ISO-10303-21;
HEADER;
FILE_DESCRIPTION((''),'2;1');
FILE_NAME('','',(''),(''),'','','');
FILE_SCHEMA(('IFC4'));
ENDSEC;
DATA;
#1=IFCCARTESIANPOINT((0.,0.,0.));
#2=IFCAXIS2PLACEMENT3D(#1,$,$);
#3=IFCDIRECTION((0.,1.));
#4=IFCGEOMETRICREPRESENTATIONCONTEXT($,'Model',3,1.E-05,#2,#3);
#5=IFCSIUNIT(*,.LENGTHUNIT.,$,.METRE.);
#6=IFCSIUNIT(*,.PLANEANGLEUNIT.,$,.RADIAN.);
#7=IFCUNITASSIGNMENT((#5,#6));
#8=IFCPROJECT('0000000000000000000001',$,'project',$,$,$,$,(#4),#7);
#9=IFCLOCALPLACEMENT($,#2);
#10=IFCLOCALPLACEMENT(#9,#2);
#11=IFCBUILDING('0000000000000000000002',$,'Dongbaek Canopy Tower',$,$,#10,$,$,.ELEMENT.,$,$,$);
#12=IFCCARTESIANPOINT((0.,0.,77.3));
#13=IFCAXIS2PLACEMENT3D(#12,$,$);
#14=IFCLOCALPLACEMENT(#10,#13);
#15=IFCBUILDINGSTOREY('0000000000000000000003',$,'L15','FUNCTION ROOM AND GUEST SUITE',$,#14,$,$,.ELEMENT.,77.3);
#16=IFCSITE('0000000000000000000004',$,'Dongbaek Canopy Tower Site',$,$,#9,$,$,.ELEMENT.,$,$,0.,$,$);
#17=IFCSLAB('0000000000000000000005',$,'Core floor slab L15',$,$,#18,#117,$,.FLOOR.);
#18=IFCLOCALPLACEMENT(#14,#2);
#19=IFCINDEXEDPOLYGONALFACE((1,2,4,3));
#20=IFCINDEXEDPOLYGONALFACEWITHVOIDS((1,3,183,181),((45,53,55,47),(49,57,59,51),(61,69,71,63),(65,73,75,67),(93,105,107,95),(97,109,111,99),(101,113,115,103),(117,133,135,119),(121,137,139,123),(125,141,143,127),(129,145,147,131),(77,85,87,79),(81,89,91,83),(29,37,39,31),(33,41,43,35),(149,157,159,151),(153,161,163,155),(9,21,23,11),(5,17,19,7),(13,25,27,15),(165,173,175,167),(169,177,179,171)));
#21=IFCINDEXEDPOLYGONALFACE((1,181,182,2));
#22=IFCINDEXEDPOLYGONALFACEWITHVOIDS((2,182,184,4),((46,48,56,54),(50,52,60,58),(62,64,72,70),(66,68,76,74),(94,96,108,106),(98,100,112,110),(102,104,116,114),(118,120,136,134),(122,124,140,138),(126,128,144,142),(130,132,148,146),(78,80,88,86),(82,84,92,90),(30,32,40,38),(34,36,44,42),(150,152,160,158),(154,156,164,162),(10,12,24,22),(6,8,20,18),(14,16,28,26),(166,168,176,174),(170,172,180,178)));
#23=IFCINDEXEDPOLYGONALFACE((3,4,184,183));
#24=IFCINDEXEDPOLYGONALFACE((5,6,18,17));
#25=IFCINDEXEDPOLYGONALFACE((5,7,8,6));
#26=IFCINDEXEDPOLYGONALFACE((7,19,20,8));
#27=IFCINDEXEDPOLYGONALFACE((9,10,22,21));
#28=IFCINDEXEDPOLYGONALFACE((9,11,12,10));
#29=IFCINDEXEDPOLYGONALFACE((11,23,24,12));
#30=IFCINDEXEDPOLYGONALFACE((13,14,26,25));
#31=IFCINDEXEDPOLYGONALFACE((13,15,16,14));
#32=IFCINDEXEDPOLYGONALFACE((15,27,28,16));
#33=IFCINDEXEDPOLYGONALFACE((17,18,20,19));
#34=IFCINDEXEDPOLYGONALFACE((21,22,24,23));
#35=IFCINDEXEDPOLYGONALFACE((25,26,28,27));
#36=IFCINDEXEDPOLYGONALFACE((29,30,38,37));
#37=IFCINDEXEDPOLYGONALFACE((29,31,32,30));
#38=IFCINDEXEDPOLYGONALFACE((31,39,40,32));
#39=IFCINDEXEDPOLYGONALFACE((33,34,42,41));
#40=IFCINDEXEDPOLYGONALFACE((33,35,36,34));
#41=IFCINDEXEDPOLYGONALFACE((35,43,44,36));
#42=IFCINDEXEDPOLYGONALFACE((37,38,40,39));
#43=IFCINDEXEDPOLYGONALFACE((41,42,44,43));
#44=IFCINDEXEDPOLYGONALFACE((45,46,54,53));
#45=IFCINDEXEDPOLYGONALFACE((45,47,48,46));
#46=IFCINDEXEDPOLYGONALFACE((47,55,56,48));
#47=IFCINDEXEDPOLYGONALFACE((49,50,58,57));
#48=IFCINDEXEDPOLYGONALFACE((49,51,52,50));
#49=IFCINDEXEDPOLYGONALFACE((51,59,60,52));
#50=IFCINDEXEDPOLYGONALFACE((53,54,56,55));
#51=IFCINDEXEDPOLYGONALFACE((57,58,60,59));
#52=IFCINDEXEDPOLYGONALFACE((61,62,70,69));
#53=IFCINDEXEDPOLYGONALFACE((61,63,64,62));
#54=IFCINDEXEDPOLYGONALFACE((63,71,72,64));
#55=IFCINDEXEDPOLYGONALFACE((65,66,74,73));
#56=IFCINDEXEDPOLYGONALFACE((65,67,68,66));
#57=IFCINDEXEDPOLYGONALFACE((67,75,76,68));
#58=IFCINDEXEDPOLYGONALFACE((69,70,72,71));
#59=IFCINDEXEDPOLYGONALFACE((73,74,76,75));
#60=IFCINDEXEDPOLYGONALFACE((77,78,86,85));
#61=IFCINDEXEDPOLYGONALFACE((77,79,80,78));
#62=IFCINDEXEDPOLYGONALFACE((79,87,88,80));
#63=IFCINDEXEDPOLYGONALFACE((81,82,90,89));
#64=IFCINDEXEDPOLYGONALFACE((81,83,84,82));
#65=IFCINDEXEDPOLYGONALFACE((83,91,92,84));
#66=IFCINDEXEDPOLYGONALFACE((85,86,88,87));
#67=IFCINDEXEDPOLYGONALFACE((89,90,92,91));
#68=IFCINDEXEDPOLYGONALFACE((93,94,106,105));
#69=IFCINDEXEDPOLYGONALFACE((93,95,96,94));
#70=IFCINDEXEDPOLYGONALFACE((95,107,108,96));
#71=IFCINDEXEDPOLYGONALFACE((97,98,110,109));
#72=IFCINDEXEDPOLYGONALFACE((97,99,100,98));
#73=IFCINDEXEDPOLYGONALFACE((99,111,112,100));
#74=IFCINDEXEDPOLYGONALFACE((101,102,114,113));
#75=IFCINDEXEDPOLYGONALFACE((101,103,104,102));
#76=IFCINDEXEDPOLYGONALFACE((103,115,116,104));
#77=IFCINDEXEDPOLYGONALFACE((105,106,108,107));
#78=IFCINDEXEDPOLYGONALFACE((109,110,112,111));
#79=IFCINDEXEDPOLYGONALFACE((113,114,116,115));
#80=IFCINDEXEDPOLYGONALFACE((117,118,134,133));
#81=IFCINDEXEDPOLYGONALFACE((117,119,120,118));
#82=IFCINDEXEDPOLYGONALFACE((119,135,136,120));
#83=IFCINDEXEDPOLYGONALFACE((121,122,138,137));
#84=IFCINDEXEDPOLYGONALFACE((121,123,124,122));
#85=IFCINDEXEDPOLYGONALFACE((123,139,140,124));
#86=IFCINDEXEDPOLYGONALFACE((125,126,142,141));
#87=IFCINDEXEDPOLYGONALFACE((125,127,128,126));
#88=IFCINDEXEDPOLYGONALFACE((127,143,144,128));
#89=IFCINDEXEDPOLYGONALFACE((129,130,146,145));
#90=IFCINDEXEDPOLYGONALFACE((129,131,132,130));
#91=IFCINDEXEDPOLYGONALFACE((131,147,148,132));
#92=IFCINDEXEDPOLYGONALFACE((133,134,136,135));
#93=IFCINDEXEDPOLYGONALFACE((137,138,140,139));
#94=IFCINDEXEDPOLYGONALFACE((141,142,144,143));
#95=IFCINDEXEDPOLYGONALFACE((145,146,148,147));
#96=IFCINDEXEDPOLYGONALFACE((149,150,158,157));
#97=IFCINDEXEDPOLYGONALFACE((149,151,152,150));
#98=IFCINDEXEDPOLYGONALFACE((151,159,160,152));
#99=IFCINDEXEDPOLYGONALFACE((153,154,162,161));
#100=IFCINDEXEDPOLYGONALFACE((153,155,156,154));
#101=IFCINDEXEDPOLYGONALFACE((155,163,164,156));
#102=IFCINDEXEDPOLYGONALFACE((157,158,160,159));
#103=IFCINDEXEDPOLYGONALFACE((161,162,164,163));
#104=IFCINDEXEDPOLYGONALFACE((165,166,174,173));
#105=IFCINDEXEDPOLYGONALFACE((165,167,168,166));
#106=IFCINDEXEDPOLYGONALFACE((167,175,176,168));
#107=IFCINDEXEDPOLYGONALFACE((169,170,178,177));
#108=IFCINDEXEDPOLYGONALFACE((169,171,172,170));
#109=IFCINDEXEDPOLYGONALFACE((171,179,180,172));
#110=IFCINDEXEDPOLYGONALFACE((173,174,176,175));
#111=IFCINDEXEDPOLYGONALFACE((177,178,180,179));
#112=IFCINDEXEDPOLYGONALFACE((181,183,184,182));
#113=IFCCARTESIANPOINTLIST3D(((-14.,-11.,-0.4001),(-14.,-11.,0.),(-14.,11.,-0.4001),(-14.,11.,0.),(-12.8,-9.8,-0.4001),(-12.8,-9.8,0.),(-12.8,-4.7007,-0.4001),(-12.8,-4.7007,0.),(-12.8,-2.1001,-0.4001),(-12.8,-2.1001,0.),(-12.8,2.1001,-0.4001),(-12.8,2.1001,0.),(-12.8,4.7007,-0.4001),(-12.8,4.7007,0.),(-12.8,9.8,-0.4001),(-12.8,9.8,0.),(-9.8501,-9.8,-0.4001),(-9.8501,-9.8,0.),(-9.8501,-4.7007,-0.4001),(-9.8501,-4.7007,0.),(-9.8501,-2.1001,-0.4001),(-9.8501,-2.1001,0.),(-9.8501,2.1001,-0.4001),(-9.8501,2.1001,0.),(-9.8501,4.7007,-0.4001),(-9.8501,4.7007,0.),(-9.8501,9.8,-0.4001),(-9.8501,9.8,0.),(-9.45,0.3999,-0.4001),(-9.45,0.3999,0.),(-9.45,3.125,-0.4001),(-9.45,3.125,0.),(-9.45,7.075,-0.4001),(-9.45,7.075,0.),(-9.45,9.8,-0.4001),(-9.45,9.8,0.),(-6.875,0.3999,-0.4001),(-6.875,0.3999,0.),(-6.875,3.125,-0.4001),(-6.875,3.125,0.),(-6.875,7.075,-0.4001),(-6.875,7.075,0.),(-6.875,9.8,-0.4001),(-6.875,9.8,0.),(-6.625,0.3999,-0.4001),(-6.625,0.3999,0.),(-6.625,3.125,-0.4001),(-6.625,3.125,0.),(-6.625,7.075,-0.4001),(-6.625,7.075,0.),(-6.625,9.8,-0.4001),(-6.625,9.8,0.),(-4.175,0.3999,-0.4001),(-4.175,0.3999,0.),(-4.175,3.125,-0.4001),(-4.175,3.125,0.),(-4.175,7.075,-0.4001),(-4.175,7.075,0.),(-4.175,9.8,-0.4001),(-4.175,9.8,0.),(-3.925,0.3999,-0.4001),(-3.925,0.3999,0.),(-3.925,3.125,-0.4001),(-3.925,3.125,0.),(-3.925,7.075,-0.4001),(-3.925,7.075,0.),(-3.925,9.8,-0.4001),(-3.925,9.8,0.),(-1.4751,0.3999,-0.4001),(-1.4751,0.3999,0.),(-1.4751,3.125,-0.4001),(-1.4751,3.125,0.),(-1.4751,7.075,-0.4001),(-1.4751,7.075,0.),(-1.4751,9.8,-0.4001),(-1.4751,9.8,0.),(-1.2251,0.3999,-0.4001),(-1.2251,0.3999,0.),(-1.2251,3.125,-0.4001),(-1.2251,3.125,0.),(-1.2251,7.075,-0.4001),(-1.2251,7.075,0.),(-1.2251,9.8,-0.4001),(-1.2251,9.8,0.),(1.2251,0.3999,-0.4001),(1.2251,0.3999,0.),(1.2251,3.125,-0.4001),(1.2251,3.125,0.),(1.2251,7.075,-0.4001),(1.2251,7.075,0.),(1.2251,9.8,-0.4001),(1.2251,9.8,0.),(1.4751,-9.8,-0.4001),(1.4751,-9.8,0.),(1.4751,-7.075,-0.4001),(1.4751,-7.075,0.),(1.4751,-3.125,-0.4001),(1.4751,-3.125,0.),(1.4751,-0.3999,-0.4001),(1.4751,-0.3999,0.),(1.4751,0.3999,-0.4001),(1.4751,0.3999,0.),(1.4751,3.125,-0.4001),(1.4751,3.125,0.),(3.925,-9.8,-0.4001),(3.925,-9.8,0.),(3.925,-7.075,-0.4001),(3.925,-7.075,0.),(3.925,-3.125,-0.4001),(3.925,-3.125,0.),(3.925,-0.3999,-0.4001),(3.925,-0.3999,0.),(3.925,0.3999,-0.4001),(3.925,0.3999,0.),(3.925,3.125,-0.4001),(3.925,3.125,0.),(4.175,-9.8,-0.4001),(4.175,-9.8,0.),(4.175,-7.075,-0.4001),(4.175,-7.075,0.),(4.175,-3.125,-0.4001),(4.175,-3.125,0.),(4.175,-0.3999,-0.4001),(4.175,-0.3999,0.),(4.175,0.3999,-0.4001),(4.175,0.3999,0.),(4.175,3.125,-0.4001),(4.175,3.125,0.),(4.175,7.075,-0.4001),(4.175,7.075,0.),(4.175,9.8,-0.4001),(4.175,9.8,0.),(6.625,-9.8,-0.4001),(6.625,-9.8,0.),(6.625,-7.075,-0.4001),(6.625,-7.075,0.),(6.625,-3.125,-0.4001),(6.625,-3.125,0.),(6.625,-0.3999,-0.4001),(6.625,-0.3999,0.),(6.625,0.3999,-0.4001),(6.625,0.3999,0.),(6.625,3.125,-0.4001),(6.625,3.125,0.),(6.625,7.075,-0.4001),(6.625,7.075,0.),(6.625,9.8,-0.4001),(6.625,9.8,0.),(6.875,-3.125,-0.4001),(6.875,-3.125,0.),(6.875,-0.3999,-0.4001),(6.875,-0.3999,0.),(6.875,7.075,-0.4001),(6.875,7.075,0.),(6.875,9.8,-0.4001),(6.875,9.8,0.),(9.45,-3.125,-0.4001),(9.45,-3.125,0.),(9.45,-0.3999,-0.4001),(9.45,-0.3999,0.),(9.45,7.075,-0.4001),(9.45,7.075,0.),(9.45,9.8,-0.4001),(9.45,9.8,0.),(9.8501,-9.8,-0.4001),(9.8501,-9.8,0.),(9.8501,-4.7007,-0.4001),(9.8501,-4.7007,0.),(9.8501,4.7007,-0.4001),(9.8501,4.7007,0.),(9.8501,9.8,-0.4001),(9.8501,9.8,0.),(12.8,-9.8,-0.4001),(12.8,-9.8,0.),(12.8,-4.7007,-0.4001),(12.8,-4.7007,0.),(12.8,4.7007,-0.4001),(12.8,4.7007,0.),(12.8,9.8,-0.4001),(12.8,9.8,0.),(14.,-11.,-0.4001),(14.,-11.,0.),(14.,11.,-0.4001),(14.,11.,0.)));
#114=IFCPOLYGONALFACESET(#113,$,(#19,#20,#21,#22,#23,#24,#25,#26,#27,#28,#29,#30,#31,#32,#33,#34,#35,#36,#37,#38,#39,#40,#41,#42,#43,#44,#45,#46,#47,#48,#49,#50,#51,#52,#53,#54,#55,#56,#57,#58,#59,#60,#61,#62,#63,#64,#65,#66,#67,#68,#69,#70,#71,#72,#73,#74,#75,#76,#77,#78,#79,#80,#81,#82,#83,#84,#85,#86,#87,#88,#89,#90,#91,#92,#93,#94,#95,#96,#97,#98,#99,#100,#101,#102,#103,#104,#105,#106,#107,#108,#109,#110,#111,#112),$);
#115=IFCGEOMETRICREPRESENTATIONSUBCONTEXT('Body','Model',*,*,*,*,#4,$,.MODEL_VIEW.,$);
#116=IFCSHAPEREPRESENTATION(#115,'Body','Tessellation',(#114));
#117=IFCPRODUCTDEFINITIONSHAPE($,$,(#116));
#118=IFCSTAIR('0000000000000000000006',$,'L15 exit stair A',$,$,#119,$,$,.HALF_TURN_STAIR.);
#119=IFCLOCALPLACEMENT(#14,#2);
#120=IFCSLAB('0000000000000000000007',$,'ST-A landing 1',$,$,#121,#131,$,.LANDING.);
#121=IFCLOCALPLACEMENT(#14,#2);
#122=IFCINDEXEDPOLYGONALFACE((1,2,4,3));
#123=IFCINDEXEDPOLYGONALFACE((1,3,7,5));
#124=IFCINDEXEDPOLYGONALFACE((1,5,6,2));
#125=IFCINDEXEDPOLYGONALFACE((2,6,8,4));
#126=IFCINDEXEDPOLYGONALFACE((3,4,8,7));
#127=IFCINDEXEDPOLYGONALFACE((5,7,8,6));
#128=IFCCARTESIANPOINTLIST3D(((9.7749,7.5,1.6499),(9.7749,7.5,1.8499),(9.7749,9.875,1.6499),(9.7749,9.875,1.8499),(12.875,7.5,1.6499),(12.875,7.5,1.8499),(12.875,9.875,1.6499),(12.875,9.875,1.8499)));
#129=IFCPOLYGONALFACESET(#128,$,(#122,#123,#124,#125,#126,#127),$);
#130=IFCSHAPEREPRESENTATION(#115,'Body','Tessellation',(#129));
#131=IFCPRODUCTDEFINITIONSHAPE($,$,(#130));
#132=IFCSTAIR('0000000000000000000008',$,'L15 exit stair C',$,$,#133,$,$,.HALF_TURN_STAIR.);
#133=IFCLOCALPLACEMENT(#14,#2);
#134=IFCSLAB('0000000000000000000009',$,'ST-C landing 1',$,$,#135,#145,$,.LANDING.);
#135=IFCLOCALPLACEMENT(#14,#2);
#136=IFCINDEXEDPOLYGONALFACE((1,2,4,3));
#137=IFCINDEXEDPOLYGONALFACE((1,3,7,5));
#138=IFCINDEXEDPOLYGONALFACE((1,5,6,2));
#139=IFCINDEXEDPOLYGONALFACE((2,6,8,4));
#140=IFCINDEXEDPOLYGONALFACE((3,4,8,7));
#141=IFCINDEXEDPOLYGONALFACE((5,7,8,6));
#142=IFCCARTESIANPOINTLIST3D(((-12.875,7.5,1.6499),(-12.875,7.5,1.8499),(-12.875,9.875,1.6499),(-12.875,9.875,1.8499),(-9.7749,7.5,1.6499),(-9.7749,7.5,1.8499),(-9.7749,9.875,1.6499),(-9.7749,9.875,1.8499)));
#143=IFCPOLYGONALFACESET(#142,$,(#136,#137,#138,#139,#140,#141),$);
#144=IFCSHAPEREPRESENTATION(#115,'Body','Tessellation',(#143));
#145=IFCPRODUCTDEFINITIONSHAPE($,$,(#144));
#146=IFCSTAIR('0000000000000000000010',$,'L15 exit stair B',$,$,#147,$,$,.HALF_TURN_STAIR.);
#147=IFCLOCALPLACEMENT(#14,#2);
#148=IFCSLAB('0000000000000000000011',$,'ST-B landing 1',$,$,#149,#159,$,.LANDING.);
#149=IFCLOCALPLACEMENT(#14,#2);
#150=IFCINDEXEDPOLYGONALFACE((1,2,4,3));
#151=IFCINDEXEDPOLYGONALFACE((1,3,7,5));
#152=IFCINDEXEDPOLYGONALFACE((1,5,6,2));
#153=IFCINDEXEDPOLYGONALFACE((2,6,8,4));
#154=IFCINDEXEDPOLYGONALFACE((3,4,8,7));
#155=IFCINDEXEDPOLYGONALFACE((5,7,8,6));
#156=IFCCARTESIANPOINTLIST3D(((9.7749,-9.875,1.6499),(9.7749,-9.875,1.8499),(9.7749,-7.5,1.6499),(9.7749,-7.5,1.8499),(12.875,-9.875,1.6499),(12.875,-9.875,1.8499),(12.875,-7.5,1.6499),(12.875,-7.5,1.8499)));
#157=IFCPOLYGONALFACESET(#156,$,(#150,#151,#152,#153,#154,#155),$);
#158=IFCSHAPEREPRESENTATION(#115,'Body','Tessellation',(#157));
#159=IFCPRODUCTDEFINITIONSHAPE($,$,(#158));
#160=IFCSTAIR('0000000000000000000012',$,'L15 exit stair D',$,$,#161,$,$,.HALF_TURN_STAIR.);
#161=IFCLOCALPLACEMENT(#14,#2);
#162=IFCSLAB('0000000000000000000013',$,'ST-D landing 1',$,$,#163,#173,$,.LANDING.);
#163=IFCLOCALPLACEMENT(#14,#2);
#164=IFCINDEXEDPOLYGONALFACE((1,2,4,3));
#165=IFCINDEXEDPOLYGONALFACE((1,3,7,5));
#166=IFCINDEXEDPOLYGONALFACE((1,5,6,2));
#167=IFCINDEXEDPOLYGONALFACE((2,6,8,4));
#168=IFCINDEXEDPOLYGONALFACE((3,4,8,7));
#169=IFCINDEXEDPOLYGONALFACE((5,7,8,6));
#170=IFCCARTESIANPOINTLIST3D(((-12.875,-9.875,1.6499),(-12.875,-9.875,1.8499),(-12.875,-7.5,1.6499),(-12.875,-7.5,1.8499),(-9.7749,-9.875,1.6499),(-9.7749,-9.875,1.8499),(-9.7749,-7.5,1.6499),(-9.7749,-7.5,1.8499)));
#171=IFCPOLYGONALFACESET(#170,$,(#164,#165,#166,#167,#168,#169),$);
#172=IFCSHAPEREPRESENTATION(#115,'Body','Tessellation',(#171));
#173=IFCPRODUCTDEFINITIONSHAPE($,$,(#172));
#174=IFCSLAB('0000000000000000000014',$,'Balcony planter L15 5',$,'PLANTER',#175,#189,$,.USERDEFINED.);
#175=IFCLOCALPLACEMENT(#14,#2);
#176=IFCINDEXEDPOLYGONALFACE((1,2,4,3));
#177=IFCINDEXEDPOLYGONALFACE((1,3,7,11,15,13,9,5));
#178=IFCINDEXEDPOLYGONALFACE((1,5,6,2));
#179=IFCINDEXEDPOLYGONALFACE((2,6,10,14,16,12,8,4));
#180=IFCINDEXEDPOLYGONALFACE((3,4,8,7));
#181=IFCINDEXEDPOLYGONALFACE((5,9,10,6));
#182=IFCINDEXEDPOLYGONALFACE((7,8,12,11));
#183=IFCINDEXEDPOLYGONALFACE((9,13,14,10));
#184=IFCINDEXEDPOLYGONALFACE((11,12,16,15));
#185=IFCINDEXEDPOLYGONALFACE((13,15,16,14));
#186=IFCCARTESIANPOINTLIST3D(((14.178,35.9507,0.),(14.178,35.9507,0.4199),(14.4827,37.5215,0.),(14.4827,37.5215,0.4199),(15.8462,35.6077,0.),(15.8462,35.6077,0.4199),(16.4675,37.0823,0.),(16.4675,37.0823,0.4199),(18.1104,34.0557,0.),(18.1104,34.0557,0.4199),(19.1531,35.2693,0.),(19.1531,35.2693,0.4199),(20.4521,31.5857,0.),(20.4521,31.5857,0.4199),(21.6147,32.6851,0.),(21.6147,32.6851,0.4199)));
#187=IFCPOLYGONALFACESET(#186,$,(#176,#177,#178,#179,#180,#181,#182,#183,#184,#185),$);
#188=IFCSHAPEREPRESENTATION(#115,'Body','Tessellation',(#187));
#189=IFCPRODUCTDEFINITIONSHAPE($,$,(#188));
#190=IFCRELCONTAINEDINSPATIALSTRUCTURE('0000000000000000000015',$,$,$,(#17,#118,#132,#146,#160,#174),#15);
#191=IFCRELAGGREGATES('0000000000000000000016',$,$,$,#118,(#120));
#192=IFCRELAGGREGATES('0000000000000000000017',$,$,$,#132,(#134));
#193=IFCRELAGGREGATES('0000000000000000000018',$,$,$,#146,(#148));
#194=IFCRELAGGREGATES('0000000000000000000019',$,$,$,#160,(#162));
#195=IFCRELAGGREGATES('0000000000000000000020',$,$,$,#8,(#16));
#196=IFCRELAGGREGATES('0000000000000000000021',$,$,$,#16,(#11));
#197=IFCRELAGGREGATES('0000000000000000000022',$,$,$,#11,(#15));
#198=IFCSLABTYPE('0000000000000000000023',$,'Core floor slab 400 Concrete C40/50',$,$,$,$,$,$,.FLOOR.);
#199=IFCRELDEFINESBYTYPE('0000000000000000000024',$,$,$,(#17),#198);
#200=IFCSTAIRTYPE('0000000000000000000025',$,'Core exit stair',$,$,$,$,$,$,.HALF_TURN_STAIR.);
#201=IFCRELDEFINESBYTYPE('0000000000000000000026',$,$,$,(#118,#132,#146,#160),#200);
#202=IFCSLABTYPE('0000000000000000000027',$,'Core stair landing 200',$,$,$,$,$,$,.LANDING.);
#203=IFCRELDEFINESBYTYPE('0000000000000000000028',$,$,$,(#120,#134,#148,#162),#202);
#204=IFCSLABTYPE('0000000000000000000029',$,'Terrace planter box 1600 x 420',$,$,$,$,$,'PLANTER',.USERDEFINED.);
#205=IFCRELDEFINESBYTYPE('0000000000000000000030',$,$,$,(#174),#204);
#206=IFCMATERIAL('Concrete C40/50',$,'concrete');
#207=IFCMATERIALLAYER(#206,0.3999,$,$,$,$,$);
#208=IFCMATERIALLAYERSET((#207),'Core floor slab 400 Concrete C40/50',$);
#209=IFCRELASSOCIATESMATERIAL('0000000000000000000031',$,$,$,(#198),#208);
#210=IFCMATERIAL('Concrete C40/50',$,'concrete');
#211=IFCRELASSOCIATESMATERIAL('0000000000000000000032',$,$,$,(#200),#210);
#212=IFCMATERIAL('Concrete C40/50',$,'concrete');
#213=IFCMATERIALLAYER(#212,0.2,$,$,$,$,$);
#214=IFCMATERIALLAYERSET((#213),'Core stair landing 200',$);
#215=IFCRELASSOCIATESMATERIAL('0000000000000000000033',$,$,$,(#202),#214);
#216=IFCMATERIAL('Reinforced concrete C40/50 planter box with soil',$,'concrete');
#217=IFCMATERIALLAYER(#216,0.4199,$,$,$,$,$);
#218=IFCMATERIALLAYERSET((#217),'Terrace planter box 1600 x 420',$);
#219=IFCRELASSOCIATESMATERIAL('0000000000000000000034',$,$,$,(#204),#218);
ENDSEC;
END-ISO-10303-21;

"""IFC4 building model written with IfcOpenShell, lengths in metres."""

from ifc_helpers import new_model, si_unit, direction, frame, origin, place, context, subcontext, project, spatial, polyline, outline, extrude, material, layer, layer_set, type_object, element, aggregate, save


model = new_model("IFC4")

# Units and contexts
model_context = context("Model", 3, precision=1e-05, world=origin(), true_north=direction((0.0, 1.0)))
body_context = subcontext(model_context, "Body", "Model", "MODEL_VIEW")
ifc_project = project(units=[si_unit("LENGTHUNIT", "METRE"), si_unit("PLANEANGLEUNIT", "RADIAN")], contexts=[model_context])

# Site, building, storey
site_placement = place(None, origin())
site = spatial("IfcSite", under=ifc_project, at=site_placement, Name="Dongbaek Canopy Tower Site", CompositionType="ELEMENT", RefElevation=0.0)
building_placement = place(site_placement, origin())
building = spatial("IfcBuilding", under=site, at=building_placement, Name="Dongbaek Canopy Tower", CompositionType="ELEMENT")
storey_placement = place(building_placement, frame((0.0, 0.0, 77.3)))
storey = spatial("IfcBuildingStorey", under=building, at=storey_placement, Name="L15", Description="FUNCTION ROOM AND GUEST SUITE", CompositionType="ELEMENT", Elevation=77.3)

# Slab
ifc_material_1 = material(Name="Concrete C40/50", Category="concrete")
ifc_layer_1 = layer(ifc_material_1, 0.3999)
ifc_layer_set_1 = layer_set([ifc_layer_1], Name="Core floor slab 400 Concrete C40/50")
slab_type_1 = type_object("IfcSlabType", Name="Core floor slab 400 Concrete C40/50", PredefinedType="FLOOR", material=ifc_layer_set_1)
slab_1_placement = place(storey_placement, frame((0.0, 0.0, -0.4001)))
element("IfcSlab", 1, at=slab_1_placement, inside=storey, type_object=slab_type_1, Name="Core floor slab L15", PredefinedType="FLOOR", context=body_context, shape_type="SweptSolid", body=[
    extrude(outline(polyline([(14.0, -11.0), (14.0, 11.0), (-14.0, 11.0), (-14.0, -11.0), (14.0, -11.0)]), holes=[polyline([(-12.8, 2.1001), (-9.8501, 2.1001), (-9.8501, -2.1001), (-12.8, -2.1001), (-12.8, 2.1001)]), polyline([(-6.875, 9.8), (-6.875, 7.075), (-9.45, 7.075), (-9.45, 9.8), (-6.875, 9.8)]), polyline([(-4.175, 9.8), (-4.175, 7.075), (-6.625, 7.075), (-6.625, 9.8), (-4.175, 9.8)]), polyline([(-1.4751, 9.8), (-1.4751, 7.075), (-3.925, 7.075), (-3.925, 9.8), (-1.4751, 9.8)]), polyline([(1.2251, 9.8), (1.2251, 7.075), (-1.2251, 7.075), (-1.2251, 9.8), (1.2251, 9.8)]), polyline([(6.625, 9.8), (6.625, 7.075), (4.175, 7.075), (4.175, 9.8), (6.625, 9.8)]), polyline([(9.45, 7.075), (6.875, 7.075), (6.875, 9.8), (9.45, 9.8), (9.45, 7.075)]), polyline([(-9.45, 3.125), (-6.875, 3.125), (-6.875, 0.3999), (-9.45, 0.3999), (-9.45, 3.125)]), polyline([(-6.625, 3.125), (-4.175, 3.125), (-4.175, 0.3999), (-6.625, 0.3999), (-6.625, 3.125)]), polyline([(-3.925, 3.125), (-1.4751, 3.125), (-1.4751, 0.3999), (-3.925, 0.3999), (-3.925, 3.125)]), polyline([(-1.2251, 3.125), (1.2251, 3.125), (1.2251, 0.3999), (-1.2251, 0.3999), (-1.2251, 3.125)]), polyline([(1.4751, 0.3999), (1.4751, 3.125), (3.925, 3.125), (3.925, 0.3999), (1.4751, 0.3999)]), polyline([(4.175, 0.3999), (4.175, 3.125), (6.625, 3.125), (6.625, 0.3999), (4.175, 0.3999)]), polyline([(3.925, -0.3999), (3.925, -3.125), (1.4751, -3.125), (1.4751, -0.3999), (3.925, -0.3999)]), polyline([(6.625, -0.3999), (6.625, -3.125), (4.175, -3.125), (4.175, -0.3999), (6.625, -0.3999)]), polyline([(9.45, -3.125), (6.875, -3.125), (6.875, -0.3999), (9.45, -0.3999), (9.45, -3.125)]), polyline([(1.4751, -9.8), (1.4751, -7.075), (3.925, -7.075), (3.925, -9.8), (1.4751, -9.8)]), polyline([(4.175, -9.8), (4.175, -7.075), (6.625, -7.075), (6.625, -9.8), (4.175, -9.8)]), polyline([(12.8, 4.7007), (12.8, 9.8), (9.8501, 9.8), (9.8501, 4.7007), (12.8, 4.7007)]), polyline([(-9.8501, 4.7007), (-9.8501, 9.8), (-12.8, 9.8), (-12.8, 4.7007), (-9.8501, 4.7007)]), polyline([(9.8501, -4.7007), (9.8501, -9.8), (12.8, -9.8), (12.8, -4.7007), (9.8501, -4.7007)]), polyline([(-12.8, -4.7007), (-12.8, -9.8), (-9.8501, -9.8), (-9.8501, -4.7007), (-12.8, -4.7007)])]), origin(), (0.0, 0.0, 1.0), 0.4001),
])

# Stairs, slabs
ifc_material_2 = material(Name="Concrete C40/50", Category="concrete")
stair_type = type_object("IfcStairType", Name="Core exit stair", PredefinedType="HALF_TURN_STAIR", material=ifc_material_2)
stair_1_placement = place(storey_placement, origin())
stair_1 = element("IfcStair", 2, at=stair_1_placement, inside=storey, type_object=stair_type, Name="L15 exit stair A", PredefinedType="HALF_TURN_STAIR")
ifc_material_3 = material(Name="Concrete C40/50", Category="concrete")
ifc_layer_2 = layer(ifc_material_3, 0.2)
ifc_layer_set_2 = layer_set([ifc_layer_2], Name="Core stair landing 200")
slab_type_2 = type_object("IfcSlabType", Name="Core stair landing 200", PredefinedType="LANDING", material=ifc_layer_set_2)
slab_2_placement = place(storey_placement, frame((0.0, 0.0, 1.6499)))
slab_2 = element("IfcSlab", 3, at=slab_2_placement, type_object=slab_type_2, Name="ST-A landing 1", PredefinedType="LANDING", context=body_context, shape_type="SweptSolid", body=[
    extrude(outline(polyline([(12.875, 7.5), (12.875, 9.875), (9.7749, 9.875), (9.7749, 7.5), (12.875, 7.5)])), origin(), (0.0, 0.0, 1.0), 0.2),
])
aggregate(stair_1, [slab_2])
stair_2_placement = place(storey_placement, origin())
stair_2 = element("IfcStair", 4, at=stair_2_placement, inside=storey, type_object=stair_type, Name="L15 exit stair C", PredefinedType="HALF_TURN_STAIR")
slab_3_placement = place(storey_placement, frame((0.0, 0.0, 1.6499)))
slab_3 = element("IfcSlab", 5, at=slab_3_placement, type_object=slab_type_2, Name="ST-C landing 1", PredefinedType="LANDING", context=body_context, shape_type="SweptSolid", body=[
    extrude(outline(polyline([(-9.7749, 7.5), (-9.7749, 9.875), (-12.875, 9.875), (-12.875, 7.5), (-9.7749, 7.5)])), origin(), (0.0, 0.0, 1.0), 0.2),
])
aggregate(stair_2, [slab_3])
stair_3_placement = place(storey_placement, origin())
stair_3 = element("IfcStair", 6, at=stair_3_placement, inside=storey, type_object=stair_type, Name="L15 exit stair B", PredefinedType="HALF_TURN_STAIR")
slab_4_placement = place(storey_placement, frame((0.0, 0.0, 1.6499)))
slab_4 = element("IfcSlab", 7, at=slab_4_placement, type_object=slab_type_2, Name="ST-B landing 1", PredefinedType="LANDING", context=body_context, shape_type="SweptSolid", body=[
    extrude(outline(polyline([(9.7749, -7.5), (9.7749, -9.875), (12.875, -9.875), (12.875, -7.5), (9.7749, -7.5)])), origin(), (0.0, 0.0, 1.0), 0.2),
])
aggregate(stair_3, [slab_4])
stair_4_placement = place(storey_placement, origin())
stair_4 = element("IfcStair", 8, at=stair_4_placement, inside=storey, type_object=stair_type, Name="L15 exit stair D", PredefinedType="HALF_TURN_STAIR")
slab_5_placement = place(storey_placement, frame((0.0, 0.0, 1.6499)))
slab_5 = element("IfcSlab", 9, at=slab_5_placement, type_object=slab_type_2, Name="ST-D landing 1", PredefinedType="LANDING", context=body_context, shape_type="SweptSolid", body=[
    extrude(outline(polyline([(-12.875, -7.5), (-12.875, -9.875), (-9.7749, -9.875), (-9.7749, -7.5), (-12.875, -7.5)])), origin(), (0.0, 0.0, 1.0), 0.2),
])
aggregate(stair_4, [slab_5])

# Slab
ifc_material_4 = material(Name="Reinforced concrete C40/50 planter box with soil", Category="concrete")
ifc_layer_3 = layer(ifc_material_4, 0.4199)
ifc_layer_set_3 = layer_set([ifc_layer_3], Name="Terrace planter box 1600 x 420")
slab_type_3 = type_object("IfcSlabType", Name="Terrace planter box 1600 x 420", ElementType="PLANTER", PredefinedType="USERDEFINED", material=ifc_layer_set_3)
slab_6_placement = place(storey_placement, origin())
element("IfcSlab", 10, at=slab_6_placement, inside=storey, type_object=slab_type_3, Name="Balcony planter L15 5", ObjectType="PLANTER", PredefinedType="USERDEFINED", context=body_context, shape_type="SweptSolid", body=[
    extrude(outline(polyline([(20.4521, 31.5857), (18.1104, 34.0557), (15.8462, 35.6077), (14.178, 35.9507), (14.4827, 37.5215), (16.4675, 37.0823), (19.1531, 35.2693), (21.6147, 32.6851), (20.4521, 31.5857)])), origin(), (0.0, 0.0, 1.0), 0.4199),
])

save(model, "model.ifc")
